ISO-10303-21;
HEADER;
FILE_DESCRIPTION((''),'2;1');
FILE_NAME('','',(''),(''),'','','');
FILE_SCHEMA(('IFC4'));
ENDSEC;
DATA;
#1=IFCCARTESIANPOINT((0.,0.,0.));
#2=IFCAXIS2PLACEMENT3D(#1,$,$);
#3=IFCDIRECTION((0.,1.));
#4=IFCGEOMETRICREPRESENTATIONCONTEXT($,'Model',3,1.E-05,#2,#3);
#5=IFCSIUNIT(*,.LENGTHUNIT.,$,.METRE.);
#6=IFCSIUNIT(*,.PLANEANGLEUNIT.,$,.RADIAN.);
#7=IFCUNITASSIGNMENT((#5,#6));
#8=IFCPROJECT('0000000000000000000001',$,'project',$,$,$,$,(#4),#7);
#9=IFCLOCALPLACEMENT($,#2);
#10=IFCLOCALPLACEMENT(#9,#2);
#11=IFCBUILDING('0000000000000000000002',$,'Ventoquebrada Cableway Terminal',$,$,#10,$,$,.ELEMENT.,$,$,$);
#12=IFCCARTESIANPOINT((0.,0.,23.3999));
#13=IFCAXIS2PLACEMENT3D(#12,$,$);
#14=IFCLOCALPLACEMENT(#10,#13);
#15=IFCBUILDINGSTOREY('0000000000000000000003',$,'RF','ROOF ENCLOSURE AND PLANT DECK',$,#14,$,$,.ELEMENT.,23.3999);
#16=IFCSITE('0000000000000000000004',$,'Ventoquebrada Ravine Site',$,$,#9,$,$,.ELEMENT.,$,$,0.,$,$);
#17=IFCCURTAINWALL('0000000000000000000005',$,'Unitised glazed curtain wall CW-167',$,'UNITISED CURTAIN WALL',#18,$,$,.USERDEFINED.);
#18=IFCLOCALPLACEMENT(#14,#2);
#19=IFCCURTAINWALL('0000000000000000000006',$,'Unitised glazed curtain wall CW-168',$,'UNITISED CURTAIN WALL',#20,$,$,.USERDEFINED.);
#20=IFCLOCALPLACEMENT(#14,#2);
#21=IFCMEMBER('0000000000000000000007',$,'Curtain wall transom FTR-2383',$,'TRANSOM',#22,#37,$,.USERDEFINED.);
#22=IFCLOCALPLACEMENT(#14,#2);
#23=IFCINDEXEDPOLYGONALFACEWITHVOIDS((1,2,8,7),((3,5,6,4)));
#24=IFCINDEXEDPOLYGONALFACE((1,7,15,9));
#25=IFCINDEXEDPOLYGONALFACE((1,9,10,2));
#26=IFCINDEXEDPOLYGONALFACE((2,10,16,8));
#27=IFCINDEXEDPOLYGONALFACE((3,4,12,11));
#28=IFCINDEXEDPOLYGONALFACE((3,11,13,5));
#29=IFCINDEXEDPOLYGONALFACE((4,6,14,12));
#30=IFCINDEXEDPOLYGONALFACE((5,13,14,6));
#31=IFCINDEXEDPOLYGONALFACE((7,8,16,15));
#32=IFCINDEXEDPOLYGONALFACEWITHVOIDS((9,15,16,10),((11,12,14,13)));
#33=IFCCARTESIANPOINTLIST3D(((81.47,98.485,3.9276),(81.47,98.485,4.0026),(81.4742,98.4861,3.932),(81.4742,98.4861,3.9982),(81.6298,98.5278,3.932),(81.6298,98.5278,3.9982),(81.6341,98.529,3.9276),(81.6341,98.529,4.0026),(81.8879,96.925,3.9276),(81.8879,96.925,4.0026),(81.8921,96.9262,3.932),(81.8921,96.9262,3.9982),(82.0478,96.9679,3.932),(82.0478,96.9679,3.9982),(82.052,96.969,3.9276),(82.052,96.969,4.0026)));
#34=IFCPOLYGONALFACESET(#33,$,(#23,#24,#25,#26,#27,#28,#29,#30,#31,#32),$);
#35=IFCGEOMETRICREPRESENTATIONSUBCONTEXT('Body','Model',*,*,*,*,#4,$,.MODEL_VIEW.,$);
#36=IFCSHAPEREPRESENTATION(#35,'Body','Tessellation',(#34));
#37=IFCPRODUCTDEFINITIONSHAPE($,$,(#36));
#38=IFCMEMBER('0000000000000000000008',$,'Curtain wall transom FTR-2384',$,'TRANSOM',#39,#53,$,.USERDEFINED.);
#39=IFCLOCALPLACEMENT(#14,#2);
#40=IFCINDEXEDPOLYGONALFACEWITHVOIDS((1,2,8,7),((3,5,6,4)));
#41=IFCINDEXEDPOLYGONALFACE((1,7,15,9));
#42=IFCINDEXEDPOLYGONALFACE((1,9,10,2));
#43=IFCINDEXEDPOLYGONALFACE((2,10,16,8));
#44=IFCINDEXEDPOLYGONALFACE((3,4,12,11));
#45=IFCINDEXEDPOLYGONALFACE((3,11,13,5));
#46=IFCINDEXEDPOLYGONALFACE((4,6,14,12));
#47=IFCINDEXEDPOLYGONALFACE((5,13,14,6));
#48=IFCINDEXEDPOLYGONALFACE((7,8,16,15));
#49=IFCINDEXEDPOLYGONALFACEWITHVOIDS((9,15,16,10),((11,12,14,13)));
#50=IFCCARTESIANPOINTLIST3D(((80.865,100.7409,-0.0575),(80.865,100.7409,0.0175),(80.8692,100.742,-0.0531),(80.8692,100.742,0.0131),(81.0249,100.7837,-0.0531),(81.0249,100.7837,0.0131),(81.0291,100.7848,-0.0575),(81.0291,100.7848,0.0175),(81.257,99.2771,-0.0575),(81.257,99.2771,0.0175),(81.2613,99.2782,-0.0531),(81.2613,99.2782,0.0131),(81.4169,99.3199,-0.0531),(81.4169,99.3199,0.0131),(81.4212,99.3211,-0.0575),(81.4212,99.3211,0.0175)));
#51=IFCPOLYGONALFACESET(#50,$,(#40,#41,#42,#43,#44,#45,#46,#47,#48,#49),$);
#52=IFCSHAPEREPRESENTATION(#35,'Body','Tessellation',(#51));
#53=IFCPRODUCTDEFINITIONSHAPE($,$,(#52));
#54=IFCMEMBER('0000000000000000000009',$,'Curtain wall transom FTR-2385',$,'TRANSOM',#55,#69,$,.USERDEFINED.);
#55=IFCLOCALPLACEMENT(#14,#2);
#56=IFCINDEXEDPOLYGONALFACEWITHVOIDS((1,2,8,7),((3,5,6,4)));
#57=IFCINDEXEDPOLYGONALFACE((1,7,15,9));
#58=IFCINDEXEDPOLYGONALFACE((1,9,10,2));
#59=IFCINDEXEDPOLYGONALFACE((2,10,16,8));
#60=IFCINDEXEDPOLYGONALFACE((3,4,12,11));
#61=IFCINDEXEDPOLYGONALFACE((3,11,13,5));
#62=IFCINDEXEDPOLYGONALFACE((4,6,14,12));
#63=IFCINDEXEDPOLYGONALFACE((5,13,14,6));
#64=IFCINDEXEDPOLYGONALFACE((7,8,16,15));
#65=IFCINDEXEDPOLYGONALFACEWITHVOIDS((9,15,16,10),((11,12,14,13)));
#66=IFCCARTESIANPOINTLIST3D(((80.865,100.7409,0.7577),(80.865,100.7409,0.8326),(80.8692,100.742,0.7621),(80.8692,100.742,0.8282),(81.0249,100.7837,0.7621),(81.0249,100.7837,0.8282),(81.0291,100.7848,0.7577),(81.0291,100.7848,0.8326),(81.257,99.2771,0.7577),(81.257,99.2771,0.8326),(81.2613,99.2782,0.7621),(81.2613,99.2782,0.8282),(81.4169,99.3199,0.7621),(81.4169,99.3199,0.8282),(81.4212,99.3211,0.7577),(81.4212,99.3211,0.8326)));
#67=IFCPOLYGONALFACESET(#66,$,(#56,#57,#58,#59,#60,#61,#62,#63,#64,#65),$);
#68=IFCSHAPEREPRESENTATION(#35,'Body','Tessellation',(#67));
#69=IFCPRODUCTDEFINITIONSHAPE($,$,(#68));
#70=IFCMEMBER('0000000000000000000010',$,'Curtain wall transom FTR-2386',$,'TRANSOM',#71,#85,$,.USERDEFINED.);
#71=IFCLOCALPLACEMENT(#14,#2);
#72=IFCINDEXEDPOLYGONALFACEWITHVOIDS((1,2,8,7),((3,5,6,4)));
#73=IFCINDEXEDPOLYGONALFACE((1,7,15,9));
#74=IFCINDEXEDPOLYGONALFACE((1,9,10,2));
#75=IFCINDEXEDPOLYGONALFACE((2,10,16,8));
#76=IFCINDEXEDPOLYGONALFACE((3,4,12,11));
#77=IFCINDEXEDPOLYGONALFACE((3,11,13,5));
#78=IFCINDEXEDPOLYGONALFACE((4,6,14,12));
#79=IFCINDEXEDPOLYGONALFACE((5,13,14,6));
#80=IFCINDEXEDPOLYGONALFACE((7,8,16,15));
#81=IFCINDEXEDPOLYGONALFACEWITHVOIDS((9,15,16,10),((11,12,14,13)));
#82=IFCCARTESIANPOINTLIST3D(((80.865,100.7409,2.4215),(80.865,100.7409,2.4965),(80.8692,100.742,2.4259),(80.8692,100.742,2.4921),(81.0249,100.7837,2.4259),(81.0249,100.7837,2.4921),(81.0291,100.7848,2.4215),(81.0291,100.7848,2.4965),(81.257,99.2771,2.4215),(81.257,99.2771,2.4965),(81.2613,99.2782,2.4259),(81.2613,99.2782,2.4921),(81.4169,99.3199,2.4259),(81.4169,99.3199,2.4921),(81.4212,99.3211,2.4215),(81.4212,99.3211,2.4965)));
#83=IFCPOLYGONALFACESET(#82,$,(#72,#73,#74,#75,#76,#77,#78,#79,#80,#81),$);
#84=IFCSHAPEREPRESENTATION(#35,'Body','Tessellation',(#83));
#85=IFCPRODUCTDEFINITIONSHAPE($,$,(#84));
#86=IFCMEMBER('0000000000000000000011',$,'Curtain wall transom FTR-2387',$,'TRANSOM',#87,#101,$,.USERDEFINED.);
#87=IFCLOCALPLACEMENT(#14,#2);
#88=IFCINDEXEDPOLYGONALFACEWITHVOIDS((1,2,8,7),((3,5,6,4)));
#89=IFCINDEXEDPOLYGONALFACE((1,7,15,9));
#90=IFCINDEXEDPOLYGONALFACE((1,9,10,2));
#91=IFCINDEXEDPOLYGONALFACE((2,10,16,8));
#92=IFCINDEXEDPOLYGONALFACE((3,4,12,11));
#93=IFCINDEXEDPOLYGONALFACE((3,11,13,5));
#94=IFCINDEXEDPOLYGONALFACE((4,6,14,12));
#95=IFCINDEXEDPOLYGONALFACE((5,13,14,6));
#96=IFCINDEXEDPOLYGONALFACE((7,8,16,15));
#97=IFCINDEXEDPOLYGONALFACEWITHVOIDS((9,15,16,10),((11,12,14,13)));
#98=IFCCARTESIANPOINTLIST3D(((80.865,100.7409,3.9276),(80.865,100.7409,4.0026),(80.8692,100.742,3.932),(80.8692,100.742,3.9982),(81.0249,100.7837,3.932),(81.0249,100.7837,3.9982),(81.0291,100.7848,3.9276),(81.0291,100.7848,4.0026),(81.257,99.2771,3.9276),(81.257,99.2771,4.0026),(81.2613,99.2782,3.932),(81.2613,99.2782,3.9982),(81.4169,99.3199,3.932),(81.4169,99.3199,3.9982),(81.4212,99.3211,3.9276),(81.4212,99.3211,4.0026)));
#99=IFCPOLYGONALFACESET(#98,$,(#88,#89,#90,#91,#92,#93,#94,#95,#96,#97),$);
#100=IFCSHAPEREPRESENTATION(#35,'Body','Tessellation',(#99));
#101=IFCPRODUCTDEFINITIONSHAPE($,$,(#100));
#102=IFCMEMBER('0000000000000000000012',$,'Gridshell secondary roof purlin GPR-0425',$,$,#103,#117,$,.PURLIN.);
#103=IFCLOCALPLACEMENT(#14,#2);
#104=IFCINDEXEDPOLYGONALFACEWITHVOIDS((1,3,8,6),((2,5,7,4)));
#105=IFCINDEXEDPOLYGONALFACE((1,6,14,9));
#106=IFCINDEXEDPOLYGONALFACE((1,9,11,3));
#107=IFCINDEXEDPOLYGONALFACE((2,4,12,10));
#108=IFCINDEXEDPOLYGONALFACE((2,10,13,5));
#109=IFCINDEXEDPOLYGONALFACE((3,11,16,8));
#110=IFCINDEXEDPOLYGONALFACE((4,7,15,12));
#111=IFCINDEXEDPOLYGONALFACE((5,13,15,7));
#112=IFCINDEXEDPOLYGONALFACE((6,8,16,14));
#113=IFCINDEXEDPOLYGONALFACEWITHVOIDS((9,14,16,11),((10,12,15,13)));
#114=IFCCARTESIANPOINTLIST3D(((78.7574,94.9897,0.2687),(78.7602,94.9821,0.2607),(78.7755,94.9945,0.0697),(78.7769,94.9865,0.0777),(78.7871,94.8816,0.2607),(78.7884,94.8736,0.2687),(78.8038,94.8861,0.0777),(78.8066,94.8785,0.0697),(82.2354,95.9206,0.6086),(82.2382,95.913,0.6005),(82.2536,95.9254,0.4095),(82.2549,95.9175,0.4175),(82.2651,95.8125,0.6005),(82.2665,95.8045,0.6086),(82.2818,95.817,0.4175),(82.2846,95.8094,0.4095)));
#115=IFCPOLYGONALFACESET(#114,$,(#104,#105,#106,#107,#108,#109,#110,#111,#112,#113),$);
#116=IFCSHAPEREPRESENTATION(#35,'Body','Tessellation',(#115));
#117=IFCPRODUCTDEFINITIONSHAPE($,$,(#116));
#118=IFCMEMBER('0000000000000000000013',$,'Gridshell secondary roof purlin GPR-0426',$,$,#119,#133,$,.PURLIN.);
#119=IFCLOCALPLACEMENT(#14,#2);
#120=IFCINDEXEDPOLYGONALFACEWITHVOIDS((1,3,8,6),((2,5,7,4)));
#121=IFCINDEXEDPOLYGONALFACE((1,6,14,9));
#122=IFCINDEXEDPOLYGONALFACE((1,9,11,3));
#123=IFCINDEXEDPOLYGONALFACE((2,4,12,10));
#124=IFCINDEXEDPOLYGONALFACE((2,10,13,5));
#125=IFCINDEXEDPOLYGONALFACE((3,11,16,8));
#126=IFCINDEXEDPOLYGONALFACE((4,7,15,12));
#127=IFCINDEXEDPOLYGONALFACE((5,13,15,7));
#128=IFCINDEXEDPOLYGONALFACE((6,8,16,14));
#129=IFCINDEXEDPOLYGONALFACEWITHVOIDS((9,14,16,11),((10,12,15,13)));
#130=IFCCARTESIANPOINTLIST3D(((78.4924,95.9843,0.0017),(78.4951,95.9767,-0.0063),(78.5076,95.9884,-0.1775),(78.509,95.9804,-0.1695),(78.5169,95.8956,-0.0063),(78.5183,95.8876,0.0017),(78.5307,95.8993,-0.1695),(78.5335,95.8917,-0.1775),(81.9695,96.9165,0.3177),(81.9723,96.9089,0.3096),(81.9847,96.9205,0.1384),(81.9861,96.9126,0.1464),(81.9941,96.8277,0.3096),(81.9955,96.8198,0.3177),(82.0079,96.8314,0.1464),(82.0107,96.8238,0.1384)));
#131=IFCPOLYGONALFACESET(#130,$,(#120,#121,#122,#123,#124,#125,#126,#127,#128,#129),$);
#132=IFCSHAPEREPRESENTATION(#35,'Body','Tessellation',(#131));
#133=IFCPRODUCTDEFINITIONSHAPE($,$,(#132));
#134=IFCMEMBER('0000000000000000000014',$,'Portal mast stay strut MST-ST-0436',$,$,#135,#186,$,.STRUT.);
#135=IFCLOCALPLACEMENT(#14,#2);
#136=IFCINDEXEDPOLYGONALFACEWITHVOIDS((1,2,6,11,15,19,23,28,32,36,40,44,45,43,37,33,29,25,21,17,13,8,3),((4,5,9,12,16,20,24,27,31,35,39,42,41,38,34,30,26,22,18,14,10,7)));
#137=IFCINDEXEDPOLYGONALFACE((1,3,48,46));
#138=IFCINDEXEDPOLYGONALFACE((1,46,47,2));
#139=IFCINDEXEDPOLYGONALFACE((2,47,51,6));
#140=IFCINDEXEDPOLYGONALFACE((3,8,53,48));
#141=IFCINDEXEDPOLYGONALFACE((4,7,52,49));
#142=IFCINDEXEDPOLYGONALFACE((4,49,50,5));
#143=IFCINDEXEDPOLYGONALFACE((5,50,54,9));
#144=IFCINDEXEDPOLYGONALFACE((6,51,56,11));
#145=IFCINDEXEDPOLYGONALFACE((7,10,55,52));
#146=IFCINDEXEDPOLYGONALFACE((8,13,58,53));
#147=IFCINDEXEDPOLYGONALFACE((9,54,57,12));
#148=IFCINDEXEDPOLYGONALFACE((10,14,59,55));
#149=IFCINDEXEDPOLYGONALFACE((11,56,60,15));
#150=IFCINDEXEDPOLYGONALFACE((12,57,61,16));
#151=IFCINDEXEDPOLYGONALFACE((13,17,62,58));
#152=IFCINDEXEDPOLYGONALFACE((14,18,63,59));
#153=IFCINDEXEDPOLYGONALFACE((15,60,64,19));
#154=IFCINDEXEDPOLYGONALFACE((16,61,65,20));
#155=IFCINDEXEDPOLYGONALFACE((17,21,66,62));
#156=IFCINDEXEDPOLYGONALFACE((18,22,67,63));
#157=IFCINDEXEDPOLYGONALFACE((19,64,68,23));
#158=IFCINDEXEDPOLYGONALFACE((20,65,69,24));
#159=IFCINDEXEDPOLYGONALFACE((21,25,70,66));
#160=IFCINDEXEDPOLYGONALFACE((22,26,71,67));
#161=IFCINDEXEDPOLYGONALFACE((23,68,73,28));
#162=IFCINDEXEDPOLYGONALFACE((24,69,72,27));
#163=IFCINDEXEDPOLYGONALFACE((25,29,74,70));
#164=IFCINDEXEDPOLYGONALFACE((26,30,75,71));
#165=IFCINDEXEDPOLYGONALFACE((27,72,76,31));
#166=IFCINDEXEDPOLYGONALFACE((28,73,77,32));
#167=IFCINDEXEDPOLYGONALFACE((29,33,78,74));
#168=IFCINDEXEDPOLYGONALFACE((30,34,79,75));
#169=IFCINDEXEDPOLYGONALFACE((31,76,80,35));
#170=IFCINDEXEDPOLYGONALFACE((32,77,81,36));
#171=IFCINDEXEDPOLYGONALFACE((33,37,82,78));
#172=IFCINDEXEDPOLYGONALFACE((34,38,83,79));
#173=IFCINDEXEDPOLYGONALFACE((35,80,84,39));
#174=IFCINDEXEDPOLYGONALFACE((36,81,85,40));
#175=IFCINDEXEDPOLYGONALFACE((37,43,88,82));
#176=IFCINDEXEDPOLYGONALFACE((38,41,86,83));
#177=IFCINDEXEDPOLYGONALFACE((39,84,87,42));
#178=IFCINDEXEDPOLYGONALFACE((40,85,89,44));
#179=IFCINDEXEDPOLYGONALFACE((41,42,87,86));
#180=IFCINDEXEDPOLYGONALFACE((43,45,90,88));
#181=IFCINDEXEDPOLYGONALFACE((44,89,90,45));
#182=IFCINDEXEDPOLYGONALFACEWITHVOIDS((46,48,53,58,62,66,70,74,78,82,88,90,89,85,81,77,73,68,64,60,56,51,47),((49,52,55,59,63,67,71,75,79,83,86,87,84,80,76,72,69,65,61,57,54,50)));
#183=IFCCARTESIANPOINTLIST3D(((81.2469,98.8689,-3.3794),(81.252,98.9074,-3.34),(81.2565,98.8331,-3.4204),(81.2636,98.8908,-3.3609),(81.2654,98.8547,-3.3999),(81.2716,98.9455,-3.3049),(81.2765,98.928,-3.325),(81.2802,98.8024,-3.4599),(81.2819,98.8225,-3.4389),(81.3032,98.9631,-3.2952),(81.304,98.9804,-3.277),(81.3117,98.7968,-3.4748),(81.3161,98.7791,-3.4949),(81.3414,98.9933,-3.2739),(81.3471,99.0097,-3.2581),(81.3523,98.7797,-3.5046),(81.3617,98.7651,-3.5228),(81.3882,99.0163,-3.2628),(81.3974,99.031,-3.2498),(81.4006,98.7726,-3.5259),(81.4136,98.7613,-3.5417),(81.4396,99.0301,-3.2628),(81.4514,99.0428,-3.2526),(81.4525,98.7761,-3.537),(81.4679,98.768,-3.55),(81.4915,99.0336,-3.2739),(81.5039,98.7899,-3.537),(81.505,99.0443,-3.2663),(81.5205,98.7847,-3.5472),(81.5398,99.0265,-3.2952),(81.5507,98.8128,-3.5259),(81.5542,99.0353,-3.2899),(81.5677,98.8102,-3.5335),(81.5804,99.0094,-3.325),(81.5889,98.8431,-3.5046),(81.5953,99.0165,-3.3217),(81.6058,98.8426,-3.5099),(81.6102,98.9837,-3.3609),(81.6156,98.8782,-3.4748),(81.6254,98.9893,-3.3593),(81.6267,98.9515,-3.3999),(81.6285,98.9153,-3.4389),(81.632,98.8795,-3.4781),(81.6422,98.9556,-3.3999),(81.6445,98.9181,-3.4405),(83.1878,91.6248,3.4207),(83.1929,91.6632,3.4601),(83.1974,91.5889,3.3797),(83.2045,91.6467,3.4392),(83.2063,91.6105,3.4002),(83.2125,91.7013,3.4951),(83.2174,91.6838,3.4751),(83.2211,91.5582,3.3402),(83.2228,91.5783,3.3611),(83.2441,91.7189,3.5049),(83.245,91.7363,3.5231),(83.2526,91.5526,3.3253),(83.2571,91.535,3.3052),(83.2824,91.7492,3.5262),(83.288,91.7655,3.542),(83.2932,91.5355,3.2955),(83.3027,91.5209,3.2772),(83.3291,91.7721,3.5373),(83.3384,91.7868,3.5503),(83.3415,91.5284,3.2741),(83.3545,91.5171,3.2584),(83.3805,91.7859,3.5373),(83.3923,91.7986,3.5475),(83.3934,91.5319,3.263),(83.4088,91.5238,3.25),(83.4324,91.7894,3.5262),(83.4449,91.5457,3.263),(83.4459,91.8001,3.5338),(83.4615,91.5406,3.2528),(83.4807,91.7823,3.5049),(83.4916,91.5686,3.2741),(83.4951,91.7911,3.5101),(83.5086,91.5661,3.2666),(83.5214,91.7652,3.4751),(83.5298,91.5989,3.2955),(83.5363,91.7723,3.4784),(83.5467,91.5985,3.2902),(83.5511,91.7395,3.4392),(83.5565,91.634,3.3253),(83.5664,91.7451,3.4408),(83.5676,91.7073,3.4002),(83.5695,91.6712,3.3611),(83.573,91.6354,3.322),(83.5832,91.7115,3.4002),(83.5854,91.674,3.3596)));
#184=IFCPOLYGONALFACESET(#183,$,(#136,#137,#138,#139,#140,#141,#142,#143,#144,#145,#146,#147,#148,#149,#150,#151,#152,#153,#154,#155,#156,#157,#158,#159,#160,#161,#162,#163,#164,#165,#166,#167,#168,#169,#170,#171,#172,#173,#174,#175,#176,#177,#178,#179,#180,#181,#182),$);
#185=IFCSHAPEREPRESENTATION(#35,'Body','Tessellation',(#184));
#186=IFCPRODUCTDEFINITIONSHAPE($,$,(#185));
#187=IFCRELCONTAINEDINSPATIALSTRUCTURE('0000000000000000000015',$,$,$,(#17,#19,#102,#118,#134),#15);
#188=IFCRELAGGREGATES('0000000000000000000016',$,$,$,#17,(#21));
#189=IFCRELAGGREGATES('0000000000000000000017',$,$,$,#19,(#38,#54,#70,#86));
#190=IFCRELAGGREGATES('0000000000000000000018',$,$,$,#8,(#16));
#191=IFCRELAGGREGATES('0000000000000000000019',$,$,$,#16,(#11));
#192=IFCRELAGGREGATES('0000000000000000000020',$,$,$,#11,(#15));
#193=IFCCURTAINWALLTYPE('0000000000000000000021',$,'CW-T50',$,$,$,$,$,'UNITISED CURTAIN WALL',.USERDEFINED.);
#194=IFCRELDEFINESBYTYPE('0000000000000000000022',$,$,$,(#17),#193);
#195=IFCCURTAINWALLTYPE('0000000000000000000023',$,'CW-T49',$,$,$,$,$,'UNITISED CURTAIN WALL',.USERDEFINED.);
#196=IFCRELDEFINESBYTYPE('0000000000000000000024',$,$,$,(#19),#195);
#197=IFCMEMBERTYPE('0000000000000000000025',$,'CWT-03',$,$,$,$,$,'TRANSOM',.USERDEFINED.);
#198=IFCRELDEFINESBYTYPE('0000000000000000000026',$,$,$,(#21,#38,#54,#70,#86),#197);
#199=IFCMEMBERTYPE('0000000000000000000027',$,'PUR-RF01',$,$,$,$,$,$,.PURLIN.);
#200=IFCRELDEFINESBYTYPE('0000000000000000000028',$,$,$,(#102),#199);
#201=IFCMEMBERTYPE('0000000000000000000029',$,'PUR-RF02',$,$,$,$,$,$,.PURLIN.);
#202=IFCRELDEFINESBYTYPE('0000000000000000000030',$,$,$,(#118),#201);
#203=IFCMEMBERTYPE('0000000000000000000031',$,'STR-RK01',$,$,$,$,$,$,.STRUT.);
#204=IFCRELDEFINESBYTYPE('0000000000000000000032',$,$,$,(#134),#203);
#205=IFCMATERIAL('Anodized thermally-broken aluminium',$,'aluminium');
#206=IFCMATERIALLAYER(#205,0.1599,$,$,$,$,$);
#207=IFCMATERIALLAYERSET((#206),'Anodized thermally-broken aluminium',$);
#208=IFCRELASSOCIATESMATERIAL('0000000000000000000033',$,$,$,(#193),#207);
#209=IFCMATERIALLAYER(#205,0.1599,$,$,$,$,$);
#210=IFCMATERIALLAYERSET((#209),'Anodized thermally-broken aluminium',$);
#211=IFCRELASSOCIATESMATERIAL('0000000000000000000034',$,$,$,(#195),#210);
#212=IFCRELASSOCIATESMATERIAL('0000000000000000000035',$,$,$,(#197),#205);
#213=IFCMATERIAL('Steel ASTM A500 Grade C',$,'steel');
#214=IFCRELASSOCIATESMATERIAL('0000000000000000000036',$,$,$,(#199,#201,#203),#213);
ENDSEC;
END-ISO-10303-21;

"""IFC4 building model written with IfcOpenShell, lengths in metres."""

from ifc_helpers import new_model, si_unit, direction, frame, origin, origin_2d, place, context, subcontext, project, spatial, hollow_rectangle, hollow_circle, extrude, material, layer, layer_set, material_profile, profile_set, type_object, element, aggregate, save


model = new_model("IFC4")

# Units and contexts
model_context = context("Model", 3, precision=1e-05, world=origin(), true_north=direction((0.0, 1.0)))
body_context = subcontext(model_context, "Body", "Model", "MODEL_VIEW")
ifc_project = project(units=[si_unit("LENGTHUNIT", "METRE"), si_unit("PLANEANGLEUNIT", "RADIAN")], contexts=[model_context])

# Site, building, storey
site_placement = place(None, origin())
site = spatial("IfcSite", under=ifc_project, at=site_placement, Name="Ventoquebrada Ravine Site", CompositionType="ELEMENT", RefElevation=0.0)
building_placement = place(site_placement, origin())
building = spatial("IfcBuilding", under=site, at=building_placement, Name="Ventoquebrada Cableway Terminal", CompositionType="ELEMENT")
storey_placement = place(building_placement, frame((0.0, 0.0, 23.3999)))
storey = spatial("IfcBuildingStorey", under=building, at=storey_placement, Name="RF", Description="ROOF ENCLOSURE AND PLANT DECK", CompositionType="ELEMENT", Elevation=23.3999)

# Curtain wall
ifc_material_1 = material(Name="Anodized thermally-broken aluminium", Category="aluminium")
ifc_layer_1 = layer(ifc_material_1, 0.1599)
ifc_layer_set_1 = layer_set([ifc_layer_1], Name="Anodized thermally-broken aluminium")
curtain_wall_type_1 = type_object("IfcCurtainWallType", Name="CW-T50", ElementType="UNITISED CURTAIN WALL", PredefinedType="USERDEFINED", material=ifc_layer_set_1)
curtain_wall_1_placement = place(storey_placement, origin())
curtain_wall_1 = element("IfcCurtainWall", 1, at=curtain_wall_1_placement, inside=storey, type_object=curtain_wall_type_1, Name="Unitised glazed curtain wall CW-167", ObjectType="UNITISED CURTAIN WALL", PredefinedType="USERDEFINED")

# Curtain wall
ifc_layer_2 = layer(ifc_material_1, 0.1599)
ifc_layer_set_2 = layer_set([ifc_layer_2], Name="Anodized thermally-broken aluminium")
curtain_wall_type_2 = type_object("IfcCurtainWallType", Name="CW-T49", ElementType="UNITISED CURTAIN WALL", PredefinedType="USERDEFINED", material=ifc_layer_set_2)
curtain_wall_2_placement = place(storey_placement, origin())
curtain_wall_2 = element("IfcCurtainWall", 2, at=curtain_wall_2_placement, inside=storey, type_object=curtain_wall_type_2, Name="Unitised glazed curtain wall CW-168", ObjectType="UNITISED CURTAIN WALL", PredefinedType="USERDEFINED")

# Members
ifc_material_profile_1 = material_profile(ifc_material_1, hollow_rectangle(XDim=0.075, YDim=0.1699, WallThickness=0.0044, at=origin_2d()), Name="CW-TRN-75X170")
ifc_profile_set_1 = profile_set([ifc_material_profile_1], Name="Anodized thermally-broken aluminium")
member_type_1 = type_object("IfcMemberType", Name="CWT-03", ElementType="TRANSOM", PredefinedType="USERDEFINED", material=ifc_profile_set_1)
member_1_placement = place(storey_placement, frame((81.97, 96.947, 3.9651), z_axis=(-0.258791, 0.965933, 0.0), x_axis=(0.0, 0.0, 1.0)))
member_1 = element("IfcMember", 3, at=member_1_placement, type_object=member_type_1, Name="Curtain wall transom FTR-2383", ObjectType="TRANSOM", PredefinedType="USERDEFINED", context=body_context, shape_type="SweptSolid", body=[
    extrude(hollow_rectangle(XDim=0.075, YDim=0.1699, WallThickness=0.0044, at=origin_2d()), origin(), (0.0, 0.0, 1.0), 1.615),
])
member_2_placement = place(storey_placement, frame((81.3391, 99.2991, -0.02), z_axis=(-0.258725, 0.965951, 0.0), x_axis=(0.0, 0.0, 1.0)))
member_2 = element("IfcMember", 4, at=member_2_placement, type_object=member_type_1, Name="Curtain wall transom FTR-2384", ObjectType="TRANSOM", PredefinedType="USERDEFINED", context=body_context, shape_type="SweptSolid", body=[
    extrude(hollow_rectangle(XDim=0.075, YDim=0.1699, WallThickness=0.0044, at=origin_2d()), origin(), (0.0, 0.0, 1.0), 1.5154),
])
member_3_placement = place(storey_placement, frame((81.3391, 99.2991, 0.7952), z_axis=(-0.258725, 0.965951, 0.0), x_axis=(0.0, 0.0, 1.0)))
member_3 = element("IfcMember", 5, at=member_3_placement, type_object=member_type_1, Name="Curtain wall transom FTR-2385", ObjectType="TRANSOM", PredefinedType="USERDEFINED", context=body_context, shape_type="SweptSolid", body=[
    extrude(hollow_rectangle(XDim=0.075, YDim=0.1699, WallThickness=0.0044, at=origin_2d()), origin(), (0.0, 0.0, 1.0), 1.5154),
])
member_4_placement = place(storey_placement, frame((81.3391, 99.2991, 2.459), z_axis=(-0.258725, 0.965951, 0.0), x_axis=(0.0, 0.0, 1.0)))
member_4 = element("IfcMember", 6, at=member_4_placement, type_object=member_type_1, Name="Curtain wall transom FTR-2386", ObjectType="TRANSOM", PredefinedType="USERDEFINED", context=body_context, shape_type="SweptSolid", body=[
    extrude(hollow_rectangle(XDim=0.075, YDim=0.1699, WallThickness=0.0044, at=origin_2d()), origin(), (0.0, 0.0, 1.0), 1.5154),
])
member_5_placement = place(storey_placement, frame((81.3391, 99.2991, 3.9651), z_axis=(-0.258725, 0.965951, 0.0), x_axis=(0.0, 0.0, 1.0)))
member_5 = element("IfcMember", 7, at=member_5_placement, type_object=member_type_1, Name="Curtain wall transom FTR-2387", ObjectType="TRANSOM", PredefinedType="USERDEFINED", context=body_context, shape_type="SweptSolid", body=[
    extrude(hollow_rectangle(XDim=0.075, YDim=0.1699, WallThickness=0.0044, at=origin_2d()), origin(), (0.0, 0.0, 1.0), 1.5154),
])

# Members
ifc_material_2 = material(Name="Steel ASTM A500 Grade C", Category="steel")
ifc_material_profile_2 = material_profile(ifc_material_2, hollow_rectangle(XDim=0.1201, YDim=0.2, WallThickness=0.0081, at=origin_2d()), Name="RHS200X120X8")
ifc_profile_set_2 = profile_set([ifc_material_profile_2], Name="Steel ASTM A500 Grade C")
member_type_2 = type_object("IfcMemberType", Name="PUR-RF01", PredefinedType="PURLIN", material=ifc_profile_set_2)
member_6_placement = place(storey_placement, frame((78.782, 94.9341, 0.1692), z_axis=(0.961722, 0.257409, 0.093971), x_axis=(-0.258553, 0.965997, 0.0)))
element("IfcMember", 8, at=member_6_placement, inside=storey, type_object=member_type_2, Name="Gridshell secondary roof purlin GPR-0425", PredefinedType="PURLIN", context=body_context, shape_type="SweptSolid", body=[
    extrude(hollow_rectangle(XDim=0.1201, YDim=0.2, WallThickness=0.0081, at=origin_2d()), origin(), (0.0, 0.0, 1.0), 3.6165),
])
ifc_material_profile_3 = material_profile(ifc_material_2, hollow_rectangle(XDim=0.1001, YDim=0.1799, WallThickness=0.0081, at=origin_2d()), Name="RHS180X100X8")
ifc_profile_set_3 = profile_set([ifc_material_profile_3], Name="Steel ASTM A500 Grade C")
member_type_3 = type_object("IfcMemberType", Name="PUR-RF02", PredefinedType="PURLIN", material=ifc_profile_set_3)
member_7_placement = place(storey_placement, frame((78.5129, 95.938, -0.0879), z_axis=(0.962196, 0.257946, 0.087423), x_axis=(-0.258937, 0.965894, 0.0)))
element("IfcMember", 9, at=member_7_placement, inside=storey, type_object=member_type_3, Name="Gridshell secondary roof purlin GPR-0426", PredefinedType="PURLIN", context=body_context, shape_type="SweptSolid", body=[
    extrude(hollow_rectangle(XDim=0.1001, YDim=0.1799, WallThickness=0.0081, at=origin_2d()), origin(), (0.0, 0.0, 1.0), 3.6138),
])
ifc_material_profile_4 = material_profile(ifc_material_2, hollow_circle(Radius=0.2031, WallThickness=0.0161, at=origin_2d()), Name="CHS406.4X16")
ifc_profile_set_4 = profile_set([ifc_material_profile_4], Name="Steel ASTM A500 Grade C")
member_type_4 = type_object("IfcMemberType", Name="STR-RK01", PredefinedType="STRUT", material=ifc_profile_set_4)
member_8_placement = place(storey_placement, frame((81.446, 98.9031, -3.3999), z_axis=(0.191724, -0.715576, 0.671709), x_axis=(0.965931, 0.258801, 0.0)))
element("IfcMember", 10, at=member_8_placement, inside=storey, type_object=member_type_4, Name="Portal mast stay strut MST-ST-0436", PredefinedType="STRUT", context=body_context, shape_type="SweptSolid", body=[
    extrude(hollow_circle(Radius=0.2031, WallThickness=0.0161, at=origin_2d()), origin(), (0.0, 0.0, 1.0), 10.1235),
])

aggregate(curtain_wall_1, [member_1])
aggregate(curtain_wall_2, [member_2, member_3, member_4, member_5])

save(model, "model.ifc")
